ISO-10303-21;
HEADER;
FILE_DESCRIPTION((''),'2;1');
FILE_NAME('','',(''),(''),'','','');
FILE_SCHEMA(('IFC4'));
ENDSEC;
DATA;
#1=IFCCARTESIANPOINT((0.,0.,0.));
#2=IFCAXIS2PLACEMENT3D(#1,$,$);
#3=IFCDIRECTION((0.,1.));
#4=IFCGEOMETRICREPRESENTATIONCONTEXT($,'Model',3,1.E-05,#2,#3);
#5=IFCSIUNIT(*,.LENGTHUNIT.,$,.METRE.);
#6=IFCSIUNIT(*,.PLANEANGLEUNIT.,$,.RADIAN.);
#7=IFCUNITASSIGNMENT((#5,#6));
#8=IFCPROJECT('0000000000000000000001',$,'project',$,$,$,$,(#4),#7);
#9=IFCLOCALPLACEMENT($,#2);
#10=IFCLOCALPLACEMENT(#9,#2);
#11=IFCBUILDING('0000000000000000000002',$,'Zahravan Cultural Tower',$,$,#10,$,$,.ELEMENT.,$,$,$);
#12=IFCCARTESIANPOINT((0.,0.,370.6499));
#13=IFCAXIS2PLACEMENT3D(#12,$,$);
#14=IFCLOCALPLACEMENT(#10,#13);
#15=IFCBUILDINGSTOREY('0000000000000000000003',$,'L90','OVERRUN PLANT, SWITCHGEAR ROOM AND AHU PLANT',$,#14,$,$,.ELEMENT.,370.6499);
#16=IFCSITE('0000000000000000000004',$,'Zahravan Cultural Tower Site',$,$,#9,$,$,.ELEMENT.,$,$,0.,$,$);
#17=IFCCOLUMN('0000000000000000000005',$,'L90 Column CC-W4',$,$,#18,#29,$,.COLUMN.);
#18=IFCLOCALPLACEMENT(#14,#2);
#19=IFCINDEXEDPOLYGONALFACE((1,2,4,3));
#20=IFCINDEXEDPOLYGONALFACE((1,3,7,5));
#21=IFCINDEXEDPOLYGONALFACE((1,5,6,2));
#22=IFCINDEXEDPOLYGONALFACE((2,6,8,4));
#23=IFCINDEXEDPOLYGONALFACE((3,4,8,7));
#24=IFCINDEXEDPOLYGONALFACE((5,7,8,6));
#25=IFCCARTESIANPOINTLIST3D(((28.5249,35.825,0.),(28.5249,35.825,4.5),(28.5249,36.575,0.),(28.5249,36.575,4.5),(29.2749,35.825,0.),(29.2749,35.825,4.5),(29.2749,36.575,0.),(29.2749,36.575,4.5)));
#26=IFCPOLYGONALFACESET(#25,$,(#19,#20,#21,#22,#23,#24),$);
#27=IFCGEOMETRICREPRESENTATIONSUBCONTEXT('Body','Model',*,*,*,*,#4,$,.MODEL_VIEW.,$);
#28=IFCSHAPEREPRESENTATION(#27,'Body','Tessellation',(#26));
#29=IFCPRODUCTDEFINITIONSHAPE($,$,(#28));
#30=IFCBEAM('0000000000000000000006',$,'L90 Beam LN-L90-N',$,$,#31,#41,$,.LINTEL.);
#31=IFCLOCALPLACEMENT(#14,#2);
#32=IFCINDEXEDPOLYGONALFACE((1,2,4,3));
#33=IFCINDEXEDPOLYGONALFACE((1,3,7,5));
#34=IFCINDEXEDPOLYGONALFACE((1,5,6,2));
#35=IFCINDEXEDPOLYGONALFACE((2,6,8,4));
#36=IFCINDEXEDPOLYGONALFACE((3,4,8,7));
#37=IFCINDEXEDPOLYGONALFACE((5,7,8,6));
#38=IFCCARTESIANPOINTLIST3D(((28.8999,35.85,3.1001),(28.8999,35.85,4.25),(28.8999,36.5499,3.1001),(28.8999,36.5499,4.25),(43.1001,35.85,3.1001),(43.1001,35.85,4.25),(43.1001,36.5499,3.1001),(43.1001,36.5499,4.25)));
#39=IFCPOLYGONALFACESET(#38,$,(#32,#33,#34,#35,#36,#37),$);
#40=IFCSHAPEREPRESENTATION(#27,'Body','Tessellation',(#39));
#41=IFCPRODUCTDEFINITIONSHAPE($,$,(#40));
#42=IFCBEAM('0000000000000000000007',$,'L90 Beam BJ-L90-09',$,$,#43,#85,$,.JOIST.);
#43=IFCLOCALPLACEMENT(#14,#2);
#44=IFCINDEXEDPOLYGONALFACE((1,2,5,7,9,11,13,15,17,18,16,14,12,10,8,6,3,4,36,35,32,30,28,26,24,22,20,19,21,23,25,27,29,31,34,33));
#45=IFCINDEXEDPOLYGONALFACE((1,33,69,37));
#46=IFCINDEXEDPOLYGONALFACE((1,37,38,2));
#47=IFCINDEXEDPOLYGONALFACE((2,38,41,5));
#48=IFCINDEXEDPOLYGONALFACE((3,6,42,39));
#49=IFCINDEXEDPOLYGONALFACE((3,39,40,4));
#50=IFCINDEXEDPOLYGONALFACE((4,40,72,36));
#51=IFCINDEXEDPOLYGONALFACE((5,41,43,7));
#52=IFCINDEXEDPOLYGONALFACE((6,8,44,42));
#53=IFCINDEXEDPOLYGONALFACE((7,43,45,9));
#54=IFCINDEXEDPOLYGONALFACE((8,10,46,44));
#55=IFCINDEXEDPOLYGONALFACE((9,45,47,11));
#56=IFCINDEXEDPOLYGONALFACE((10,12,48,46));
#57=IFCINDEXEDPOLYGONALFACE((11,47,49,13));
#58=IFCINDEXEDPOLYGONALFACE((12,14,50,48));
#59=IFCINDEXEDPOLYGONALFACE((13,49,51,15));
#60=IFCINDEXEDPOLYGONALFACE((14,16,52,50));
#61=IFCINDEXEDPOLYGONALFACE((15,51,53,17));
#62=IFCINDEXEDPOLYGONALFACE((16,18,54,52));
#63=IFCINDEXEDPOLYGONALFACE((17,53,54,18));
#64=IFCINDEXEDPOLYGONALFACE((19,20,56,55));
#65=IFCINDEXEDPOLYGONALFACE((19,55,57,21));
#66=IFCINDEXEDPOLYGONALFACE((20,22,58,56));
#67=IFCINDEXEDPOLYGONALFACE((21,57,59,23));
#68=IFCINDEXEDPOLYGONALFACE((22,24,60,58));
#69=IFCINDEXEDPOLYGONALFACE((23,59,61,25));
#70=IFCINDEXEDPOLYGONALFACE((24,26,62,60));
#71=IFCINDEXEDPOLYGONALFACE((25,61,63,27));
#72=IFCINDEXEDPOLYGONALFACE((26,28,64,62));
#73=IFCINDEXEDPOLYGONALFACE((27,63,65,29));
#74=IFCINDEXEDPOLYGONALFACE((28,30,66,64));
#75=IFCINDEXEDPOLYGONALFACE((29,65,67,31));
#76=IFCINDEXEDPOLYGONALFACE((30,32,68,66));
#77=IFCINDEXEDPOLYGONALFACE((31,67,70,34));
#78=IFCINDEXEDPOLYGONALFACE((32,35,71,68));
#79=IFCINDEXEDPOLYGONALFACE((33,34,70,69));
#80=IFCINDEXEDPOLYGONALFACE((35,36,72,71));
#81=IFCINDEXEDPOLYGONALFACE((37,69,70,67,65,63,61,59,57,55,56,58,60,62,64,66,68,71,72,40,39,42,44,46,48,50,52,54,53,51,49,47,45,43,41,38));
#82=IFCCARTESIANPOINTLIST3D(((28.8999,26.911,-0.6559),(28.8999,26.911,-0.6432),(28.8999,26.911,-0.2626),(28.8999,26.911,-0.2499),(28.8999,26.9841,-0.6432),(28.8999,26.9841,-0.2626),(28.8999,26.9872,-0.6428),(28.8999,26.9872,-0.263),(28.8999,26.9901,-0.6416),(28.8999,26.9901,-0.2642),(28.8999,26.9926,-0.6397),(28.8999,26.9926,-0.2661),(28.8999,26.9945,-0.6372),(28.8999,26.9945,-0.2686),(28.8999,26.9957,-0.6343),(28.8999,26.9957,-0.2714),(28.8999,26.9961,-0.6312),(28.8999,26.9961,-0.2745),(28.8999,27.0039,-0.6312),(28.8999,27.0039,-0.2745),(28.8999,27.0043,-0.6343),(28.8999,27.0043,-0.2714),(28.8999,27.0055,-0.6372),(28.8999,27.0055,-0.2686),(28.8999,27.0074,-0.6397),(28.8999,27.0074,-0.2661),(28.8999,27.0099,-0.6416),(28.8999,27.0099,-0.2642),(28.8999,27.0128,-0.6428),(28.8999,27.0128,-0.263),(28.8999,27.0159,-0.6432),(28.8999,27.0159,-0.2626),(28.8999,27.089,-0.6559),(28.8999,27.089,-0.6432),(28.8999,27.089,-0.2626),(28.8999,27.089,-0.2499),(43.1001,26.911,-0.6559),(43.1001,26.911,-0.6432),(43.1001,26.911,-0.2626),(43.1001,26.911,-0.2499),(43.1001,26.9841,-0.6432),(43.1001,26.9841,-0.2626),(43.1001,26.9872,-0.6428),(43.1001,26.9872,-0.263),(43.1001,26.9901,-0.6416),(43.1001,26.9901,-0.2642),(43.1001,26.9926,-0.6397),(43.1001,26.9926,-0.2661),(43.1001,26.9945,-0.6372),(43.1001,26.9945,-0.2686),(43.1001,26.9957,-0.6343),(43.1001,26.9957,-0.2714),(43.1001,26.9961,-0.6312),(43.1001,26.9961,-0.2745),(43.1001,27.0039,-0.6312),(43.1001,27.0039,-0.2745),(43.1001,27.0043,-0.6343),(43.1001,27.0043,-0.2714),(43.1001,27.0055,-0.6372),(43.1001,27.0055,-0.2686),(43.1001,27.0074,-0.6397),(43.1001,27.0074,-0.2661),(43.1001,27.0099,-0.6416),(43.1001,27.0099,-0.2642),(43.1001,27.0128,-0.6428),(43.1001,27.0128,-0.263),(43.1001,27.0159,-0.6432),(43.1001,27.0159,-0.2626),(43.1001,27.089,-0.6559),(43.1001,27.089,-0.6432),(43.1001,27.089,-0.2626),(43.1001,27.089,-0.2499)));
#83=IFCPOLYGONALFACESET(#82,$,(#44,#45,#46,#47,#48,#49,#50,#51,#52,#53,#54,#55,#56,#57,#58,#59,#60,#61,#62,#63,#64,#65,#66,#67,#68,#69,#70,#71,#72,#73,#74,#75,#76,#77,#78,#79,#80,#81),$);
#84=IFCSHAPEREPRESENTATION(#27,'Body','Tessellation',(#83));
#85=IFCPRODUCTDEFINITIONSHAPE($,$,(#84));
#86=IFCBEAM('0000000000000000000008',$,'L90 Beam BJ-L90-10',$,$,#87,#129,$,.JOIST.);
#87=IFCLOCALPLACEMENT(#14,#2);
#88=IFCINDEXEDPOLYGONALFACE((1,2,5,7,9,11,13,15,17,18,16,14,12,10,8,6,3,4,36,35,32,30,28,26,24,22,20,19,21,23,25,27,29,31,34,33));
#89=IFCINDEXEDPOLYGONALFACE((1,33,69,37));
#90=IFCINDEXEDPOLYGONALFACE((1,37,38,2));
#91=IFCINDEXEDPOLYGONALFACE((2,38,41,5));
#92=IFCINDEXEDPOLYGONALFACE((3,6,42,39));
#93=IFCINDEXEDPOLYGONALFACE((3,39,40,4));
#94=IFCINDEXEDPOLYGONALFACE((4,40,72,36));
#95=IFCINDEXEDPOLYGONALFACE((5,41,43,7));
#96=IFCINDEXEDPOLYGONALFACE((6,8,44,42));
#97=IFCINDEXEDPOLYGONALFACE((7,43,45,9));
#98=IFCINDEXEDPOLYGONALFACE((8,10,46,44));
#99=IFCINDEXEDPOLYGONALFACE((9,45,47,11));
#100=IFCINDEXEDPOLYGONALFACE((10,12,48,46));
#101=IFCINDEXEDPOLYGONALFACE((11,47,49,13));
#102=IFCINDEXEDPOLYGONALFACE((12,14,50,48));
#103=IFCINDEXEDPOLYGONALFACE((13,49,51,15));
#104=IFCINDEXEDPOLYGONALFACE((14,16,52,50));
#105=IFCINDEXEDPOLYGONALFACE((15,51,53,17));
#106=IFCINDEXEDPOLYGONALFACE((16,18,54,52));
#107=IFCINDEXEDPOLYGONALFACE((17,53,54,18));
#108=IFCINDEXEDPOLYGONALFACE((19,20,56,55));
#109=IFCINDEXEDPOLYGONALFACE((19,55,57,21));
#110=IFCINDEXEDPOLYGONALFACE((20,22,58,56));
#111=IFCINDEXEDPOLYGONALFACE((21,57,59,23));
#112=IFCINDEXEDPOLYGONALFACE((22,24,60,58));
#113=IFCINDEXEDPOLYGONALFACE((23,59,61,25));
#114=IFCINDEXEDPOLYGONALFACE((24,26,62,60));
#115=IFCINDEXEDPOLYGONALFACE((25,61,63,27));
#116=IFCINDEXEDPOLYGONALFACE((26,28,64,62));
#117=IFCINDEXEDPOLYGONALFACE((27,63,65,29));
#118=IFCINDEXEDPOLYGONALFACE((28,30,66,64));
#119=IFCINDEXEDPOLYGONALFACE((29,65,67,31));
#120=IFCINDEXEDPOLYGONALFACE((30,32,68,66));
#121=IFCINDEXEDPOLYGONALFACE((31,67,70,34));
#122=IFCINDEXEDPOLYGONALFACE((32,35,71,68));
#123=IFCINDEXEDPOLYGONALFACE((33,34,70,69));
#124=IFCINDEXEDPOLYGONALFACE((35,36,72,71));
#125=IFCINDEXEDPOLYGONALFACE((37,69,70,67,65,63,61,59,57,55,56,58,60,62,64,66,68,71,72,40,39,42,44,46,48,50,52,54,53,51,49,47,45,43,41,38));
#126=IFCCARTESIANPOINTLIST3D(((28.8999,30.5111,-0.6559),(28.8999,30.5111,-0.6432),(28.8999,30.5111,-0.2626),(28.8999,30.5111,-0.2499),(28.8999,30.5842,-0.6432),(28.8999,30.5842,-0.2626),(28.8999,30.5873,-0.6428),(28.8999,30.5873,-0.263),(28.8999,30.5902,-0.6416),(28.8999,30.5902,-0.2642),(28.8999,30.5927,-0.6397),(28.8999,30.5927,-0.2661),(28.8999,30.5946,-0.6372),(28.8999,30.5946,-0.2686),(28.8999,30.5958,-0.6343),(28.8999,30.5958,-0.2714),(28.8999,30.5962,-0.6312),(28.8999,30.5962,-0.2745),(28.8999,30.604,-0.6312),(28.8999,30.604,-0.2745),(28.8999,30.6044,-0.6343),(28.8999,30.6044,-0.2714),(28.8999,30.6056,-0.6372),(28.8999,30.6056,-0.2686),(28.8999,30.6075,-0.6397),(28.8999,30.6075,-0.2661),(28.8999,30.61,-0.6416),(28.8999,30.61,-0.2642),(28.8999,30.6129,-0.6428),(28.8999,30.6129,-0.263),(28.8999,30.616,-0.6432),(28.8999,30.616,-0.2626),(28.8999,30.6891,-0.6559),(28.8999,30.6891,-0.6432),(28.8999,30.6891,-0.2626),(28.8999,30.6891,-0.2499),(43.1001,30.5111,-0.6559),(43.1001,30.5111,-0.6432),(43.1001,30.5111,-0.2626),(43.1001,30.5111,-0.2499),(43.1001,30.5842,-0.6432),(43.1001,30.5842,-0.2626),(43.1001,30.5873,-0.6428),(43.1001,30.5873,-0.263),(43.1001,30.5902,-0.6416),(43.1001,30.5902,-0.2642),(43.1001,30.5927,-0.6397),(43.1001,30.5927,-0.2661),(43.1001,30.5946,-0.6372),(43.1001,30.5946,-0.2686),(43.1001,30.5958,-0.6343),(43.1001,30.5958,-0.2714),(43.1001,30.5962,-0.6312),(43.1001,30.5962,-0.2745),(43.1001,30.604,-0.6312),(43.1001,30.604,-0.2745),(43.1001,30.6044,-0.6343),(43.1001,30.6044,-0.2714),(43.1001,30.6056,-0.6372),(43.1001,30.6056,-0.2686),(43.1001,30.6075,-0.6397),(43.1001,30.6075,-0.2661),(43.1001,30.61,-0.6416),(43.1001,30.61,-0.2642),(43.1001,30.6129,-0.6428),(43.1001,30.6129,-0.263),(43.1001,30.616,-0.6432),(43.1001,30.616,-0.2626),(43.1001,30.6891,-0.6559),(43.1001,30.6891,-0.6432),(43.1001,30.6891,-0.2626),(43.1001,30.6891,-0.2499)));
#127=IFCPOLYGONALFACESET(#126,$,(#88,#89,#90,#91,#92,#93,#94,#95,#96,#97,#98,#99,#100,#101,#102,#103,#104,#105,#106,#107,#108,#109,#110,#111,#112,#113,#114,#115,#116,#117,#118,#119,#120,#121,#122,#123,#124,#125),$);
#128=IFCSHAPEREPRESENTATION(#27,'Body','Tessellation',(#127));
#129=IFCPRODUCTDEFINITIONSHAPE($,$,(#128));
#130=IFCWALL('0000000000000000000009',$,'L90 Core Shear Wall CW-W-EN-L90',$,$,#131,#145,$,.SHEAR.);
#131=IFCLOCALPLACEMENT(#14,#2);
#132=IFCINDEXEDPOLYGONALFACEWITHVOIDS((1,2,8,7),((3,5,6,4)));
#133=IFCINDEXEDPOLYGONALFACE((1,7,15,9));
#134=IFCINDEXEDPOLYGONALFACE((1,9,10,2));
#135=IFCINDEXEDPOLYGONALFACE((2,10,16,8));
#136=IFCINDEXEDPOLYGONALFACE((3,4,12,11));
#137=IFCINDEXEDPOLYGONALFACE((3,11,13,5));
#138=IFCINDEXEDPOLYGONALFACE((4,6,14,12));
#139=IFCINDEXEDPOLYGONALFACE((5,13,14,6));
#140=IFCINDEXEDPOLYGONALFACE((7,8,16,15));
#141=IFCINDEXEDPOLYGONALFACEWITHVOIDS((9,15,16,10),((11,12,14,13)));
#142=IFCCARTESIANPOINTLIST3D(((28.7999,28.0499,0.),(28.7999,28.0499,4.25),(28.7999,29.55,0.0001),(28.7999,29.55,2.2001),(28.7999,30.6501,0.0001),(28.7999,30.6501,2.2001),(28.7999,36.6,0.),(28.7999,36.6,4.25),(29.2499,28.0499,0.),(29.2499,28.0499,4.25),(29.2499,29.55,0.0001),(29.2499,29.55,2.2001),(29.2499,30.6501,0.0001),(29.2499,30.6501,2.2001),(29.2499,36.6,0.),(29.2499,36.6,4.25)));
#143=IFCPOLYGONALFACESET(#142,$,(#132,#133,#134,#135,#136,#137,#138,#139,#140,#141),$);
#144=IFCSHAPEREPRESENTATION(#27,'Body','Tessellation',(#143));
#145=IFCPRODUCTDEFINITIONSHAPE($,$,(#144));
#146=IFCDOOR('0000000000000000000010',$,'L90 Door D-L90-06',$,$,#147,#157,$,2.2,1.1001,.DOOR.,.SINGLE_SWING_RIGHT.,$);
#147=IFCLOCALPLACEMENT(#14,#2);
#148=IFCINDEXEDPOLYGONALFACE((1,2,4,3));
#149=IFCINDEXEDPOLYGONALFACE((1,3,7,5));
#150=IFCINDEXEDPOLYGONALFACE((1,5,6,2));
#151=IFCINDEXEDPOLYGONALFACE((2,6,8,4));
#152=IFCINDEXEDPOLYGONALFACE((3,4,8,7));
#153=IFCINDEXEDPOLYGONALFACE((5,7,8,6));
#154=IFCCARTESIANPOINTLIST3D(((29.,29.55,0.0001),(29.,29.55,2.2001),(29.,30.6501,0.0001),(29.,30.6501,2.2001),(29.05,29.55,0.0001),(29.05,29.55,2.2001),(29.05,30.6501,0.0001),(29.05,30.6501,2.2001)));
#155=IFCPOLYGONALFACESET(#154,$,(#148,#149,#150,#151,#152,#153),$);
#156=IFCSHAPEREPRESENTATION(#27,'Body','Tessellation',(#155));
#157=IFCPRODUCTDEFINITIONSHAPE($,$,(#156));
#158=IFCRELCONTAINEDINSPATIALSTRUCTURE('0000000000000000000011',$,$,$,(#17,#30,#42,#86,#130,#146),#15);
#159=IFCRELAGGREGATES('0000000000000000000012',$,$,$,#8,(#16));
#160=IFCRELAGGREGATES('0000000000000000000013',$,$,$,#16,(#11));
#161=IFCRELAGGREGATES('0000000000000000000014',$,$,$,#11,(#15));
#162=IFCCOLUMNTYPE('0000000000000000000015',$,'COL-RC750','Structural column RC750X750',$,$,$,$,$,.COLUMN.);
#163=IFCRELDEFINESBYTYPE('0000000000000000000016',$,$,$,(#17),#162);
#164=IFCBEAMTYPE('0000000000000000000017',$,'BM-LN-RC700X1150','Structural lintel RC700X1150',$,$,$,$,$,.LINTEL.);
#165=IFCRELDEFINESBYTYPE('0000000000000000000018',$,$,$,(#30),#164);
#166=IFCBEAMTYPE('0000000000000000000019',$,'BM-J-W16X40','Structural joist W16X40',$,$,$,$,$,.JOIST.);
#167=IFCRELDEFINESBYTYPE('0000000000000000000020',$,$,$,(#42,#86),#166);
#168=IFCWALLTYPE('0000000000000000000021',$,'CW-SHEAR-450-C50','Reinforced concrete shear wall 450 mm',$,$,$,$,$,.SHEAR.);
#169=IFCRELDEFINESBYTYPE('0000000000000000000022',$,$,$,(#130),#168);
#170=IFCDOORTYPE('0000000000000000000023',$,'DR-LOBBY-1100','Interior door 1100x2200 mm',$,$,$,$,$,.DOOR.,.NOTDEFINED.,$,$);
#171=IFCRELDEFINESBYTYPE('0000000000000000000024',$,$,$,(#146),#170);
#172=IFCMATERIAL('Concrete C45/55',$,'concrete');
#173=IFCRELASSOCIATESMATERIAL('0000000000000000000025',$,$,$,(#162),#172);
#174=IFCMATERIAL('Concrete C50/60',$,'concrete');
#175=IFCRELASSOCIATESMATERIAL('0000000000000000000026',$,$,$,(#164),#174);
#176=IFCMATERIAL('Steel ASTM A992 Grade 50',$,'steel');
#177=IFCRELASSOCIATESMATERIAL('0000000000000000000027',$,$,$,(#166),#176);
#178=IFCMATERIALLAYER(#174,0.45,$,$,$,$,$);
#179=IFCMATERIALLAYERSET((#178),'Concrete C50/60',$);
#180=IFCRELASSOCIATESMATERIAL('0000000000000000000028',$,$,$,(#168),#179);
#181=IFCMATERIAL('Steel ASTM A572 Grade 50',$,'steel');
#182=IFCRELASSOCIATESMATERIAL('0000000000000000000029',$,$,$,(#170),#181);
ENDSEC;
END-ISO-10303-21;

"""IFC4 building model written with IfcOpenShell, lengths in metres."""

from ifc_helpers import new_model, si_unit, direction, frame, frame_2d, origin, origin_2d, place, context, subcontext, project, spatial, rectangle, i_section, extrude, source, transform, mapped, material, layer, layer_set, material_profile, profile_set, type_object, element, fill, save


model = new_model("IFC4")

# Units and contexts
model_context = context("Model", 3, precision=1e-05, world=origin(), true_north=direction((0.0, 1.0)))
body_context = subcontext(model_context, "Body", "Model", "MODEL_VIEW")
ifc_project = project(units=[si_unit("LENGTHUNIT", "METRE"), si_unit("PLANEANGLEUNIT", "RADIAN")], contexts=[model_context])

# Site, building, storey
site_placement = place(None, origin())
site = spatial("IfcSite", under=ifc_project, at=site_placement, Name="Zahravan Cultural Tower Site", CompositionType="ELEMENT", RefElevation=0.0)
building_placement = place(site_placement, origin())
building = spatial("IfcBuilding", under=site, at=building_placement, Name="Zahravan Cultural Tower", CompositionType="ELEMENT")
storey_placement = place(building_placement, frame((0.0, 0.0, 370.6499)))
storey = spatial("IfcBuildingStorey", under=building, at=storey_placement, Name="L90", Description="OVERRUN PLANT, SWITCHGEAR ROOM AND AHU PLANT", CompositionType="ELEMENT", Elevation=370.6499)

# Column
ifc_material_1 = material(Name="Concrete C45/55", Category="concrete")
ifc_material_profile_1 = material_profile(ifc_material_1, rectangle(XDim=0.75, YDim=0.75, at=origin_2d()), Name="RC750X750")
ifc_profile_set_1 = profile_set([ifc_material_profile_1], Name="Concrete C45/55")
column_type = type_object("IfcColumnType", Name="COL-RC750", Description="Structural column RC750X750", PredefinedType="COLUMN", material=ifc_profile_set_1)
shared_shape_1 = source(origin(), body_context, "Body", "SweptSolid", [
    extrude(rectangle(XDim=0.75, YDim=0.75, at=origin_2d()), origin(), (0.0, 0.0, 1.0), 4.5),
])
column_placement = place(storey_placement, frame((28.8999, 36.2, 0.0), z_axis=(0.0, 0.0, 1.0), x_axis=(1.0, 0.0, 0.0)))
element("IfcColumn", 1, at=column_placement, inside=storey, type_object=column_type, Name="L90 Column CC-W4", PredefinedType="COLUMN", context=body_context, shape_type="MappedRepresentation", body=[
    mapped(shared_shape_1, transform((0.0, 0.0, 0.0), x_axis=(1.0, 0.0, 0.0), y_axis=(0.0, 1.0, 0.0), z_axis=(0.0, 0.0, 1.0), scale=1.0)),
])

# Beams
ifc_material_2 = material(Name="Concrete C50/60", Category="concrete")
ifc_material_profile_2 = material_profile(ifc_material_2, rectangle(XDim=0.7, YDim=1.1499, at=origin_2d()), Name="RC700X1150")
ifc_profile_set_2 = profile_set([ifc_material_profile_2], Name="Concrete C50/60")
beam_type_1 = type_object("IfcBeamType", Name="BM-LN-RC700X1150", Description="Structural lintel RC700X1150", PredefinedType="LINTEL", material=ifc_profile_set_2)
shared_shape_2 = source(origin(), body_context, "Body", "SweptSolid", [
    extrude(rectangle(XDim=0.7, YDim=1.1499, at=origin_2d()), origin(), (0.0, 0.0, 1.0), 14.2002),
])
beam_placement = place(storey_placement, frame((28.8999, 36.2, 3.675), z_axis=(1.0, 0.0, 0.0), x_axis=(0.0, 1.0, 0.0)))
element("IfcBeam", 2, at=beam_placement, inside=storey, type_object=beam_type_1, Name="L90 Beam LN-L90-N", PredefinedType="LINTEL", context=body_context, shape_type="MappedRepresentation", body=[
    mapped(shared_shape_2, transform((0.0, 0.0, 0.0), x_axis=(1.0, 0.0, 0.0), y_axis=(0.0, 1.0, 0.0), z_axis=(0.0, 0.0, 1.0), scale=1.0)),
])
ifc_material_3 = material(Name="Steel ASTM A992 Grade 50", Category="steel")
ifc_material_profile_3 = material_profile(ifc_material_3, i_section(OverallWidth=0.178, OverallDepth=0.406, WebThickness=0.0078, FlangeThickness=0.0127, FilletRadius=0.012, at=origin_2d()), Name="W16X40")
ifc_profile_set_3 = profile_set([ifc_material_profile_3], Name="Steel ASTM A992 Grade 50")
beam_type_2 = type_object("IfcBeamType", Name="BM-J-W16X40", Description="Structural joist W16X40", PredefinedType="JOIST", material=ifc_profile_set_3)
shared_shape_3 = source(origin(), body_context, "Body", "SweptSolid", [
    extrude(i_section(OverallWidth=0.178, OverallDepth=0.406, WebThickness=0.0078, FlangeThickness=0.0127, FilletRadius=0.012, at=origin_2d()), origin(), (0.0, 0.0, 1.0), 14.2002),
])
for number, where, z_axis, x_axis, name in (
    (3, (28.8999, 27.0, -0.4529), (1.0, 0.0, 0.0), (0.0, 1.0, 0.0), "L90 Beam BJ-L90-09"),
    (4, (28.8999, 30.6001, -0.4529), (1.0, 0.0, 0.0), (0.0, 1.0, 0.0), "L90 Beam BJ-L90-10"),
):
    element("IfcBeam", number, at=place(storey_placement, frame(where, z_axis=z_axis, x_axis=x_axis)), inside=storey, type_object=beam_type_2, Name=name, PredefinedType="JOIST", context=body_context, shape_type="MappedRepresentation", body=[
        mapped(shared_shape_3, transform((0.0, 0.0, 0.0), x_axis=(1.0, 0.0, 0.0), y_axis=(0.0, 1.0, 0.0), z_axis=(0.0, 0.0, 1.0), scale=1.0)),
    ])

# Wall, opening, door
ifc_layer_1 = layer(ifc_material_2, 0.45)
ifc_layer_set_1 = layer_set([ifc_layer_1], Name="Concrete C50/60")
wall_type_1 = type_object("IfcWallType", Name="CW-SHEAR-450-C50", Description="Reinforced concrete shear wall 450 mm", PredefinedType="SHEAR", material=ifc_layer_set_1)
wall_1_placement = place(storey_placement, frame((29.0249, 28.05, 0.0), z_axis=(0.0, 0.0, 1.0), x_axis=(0.0, 1.0, 0.0)))
wall_1 = element("IfcWall", 5, at=wall_1_placement, inside=storey, type_object=wall_type_1, Name="L90 Core Shear Wall CW-W-EN-L90", PredefinedType="SHEAR", context=body_context, shape_type="SweptSolid", body=[
    extrude(rectangle(XDim=8.55, YDim=0.45, at=frame_2d((4.2749, 0.0))), origin(), (0.0, 0.0, 1.0), 4.25),
])
opening_1_placement = place(wall_1_placement, frame((1.5, 0.0, 0.0)))
opening_1 = element("IfcOpeningElement", 6, at=opening_1_placement, cuts=wall_1, PredefinedType="OPENING", context=body_context, shape_type="SweptSolid", body=[
    extrude(rectangle(XDim=1.1001, YDim=2.2, at=frame_2d((0.55, 1.1001))), frame((0.0, 0.2349, 0.0), z_axis=(0.0, -1.0, 0.0), x_axis=(1.0, 0.0, 0.0)), (0.0, 0.0, 1.0), 0.47),
])
ifc_material_4 = material(Name="Steel ASTM A572 Grade 50", Category="steel")
door_type_1 = type_object("IfcDoorType", Name="DR-LOBBY-1100", Description="Interior door 1100x2200 mm", OperationType="NOTDEFINED", PredefinedType="DOOR", material=ifc_material_4)
shared_shape_4 = source(origin(), body_context, "Body", "SweptSolid", [
    extrude(rectangle(XDim=1.1001, YDim=2.2, at=frame_2d((0.55, 1.1001))), frame((0.0, 0.0249, 0.0), z_axis=(0.0, -1.0, 0.0), x_axis=(1.0, 0.0, 0.0)), (0.0, 0.0, 1.0), 0.05),
])
door_1_placement = place(opening_1_placement, origin())
door_1 = element("IfcDoor", 7, at=door_1_placement, inside=storey, type_object=door_type_1, Name="L90 Door D-L90-06", OperationType="SINGLE_SWING_RIGHT", OverallHeight=2.2, OverallWidth=1.1001, PredefinedType="DOOR", context=body_context, shape_type="MappedRepresentation", body=[
    mapped(shared_shape_4, transform((0.0, 0.0, 0.0), x_axis=(1.0, 0.0, 0.0), y_axis=(0.0, 1.0, 0.0), z_axis=(0.0, 0.0, 1.0), scale=1.0)),
])
fill(opening_1, door_1)

save(model, "model.ifc")
